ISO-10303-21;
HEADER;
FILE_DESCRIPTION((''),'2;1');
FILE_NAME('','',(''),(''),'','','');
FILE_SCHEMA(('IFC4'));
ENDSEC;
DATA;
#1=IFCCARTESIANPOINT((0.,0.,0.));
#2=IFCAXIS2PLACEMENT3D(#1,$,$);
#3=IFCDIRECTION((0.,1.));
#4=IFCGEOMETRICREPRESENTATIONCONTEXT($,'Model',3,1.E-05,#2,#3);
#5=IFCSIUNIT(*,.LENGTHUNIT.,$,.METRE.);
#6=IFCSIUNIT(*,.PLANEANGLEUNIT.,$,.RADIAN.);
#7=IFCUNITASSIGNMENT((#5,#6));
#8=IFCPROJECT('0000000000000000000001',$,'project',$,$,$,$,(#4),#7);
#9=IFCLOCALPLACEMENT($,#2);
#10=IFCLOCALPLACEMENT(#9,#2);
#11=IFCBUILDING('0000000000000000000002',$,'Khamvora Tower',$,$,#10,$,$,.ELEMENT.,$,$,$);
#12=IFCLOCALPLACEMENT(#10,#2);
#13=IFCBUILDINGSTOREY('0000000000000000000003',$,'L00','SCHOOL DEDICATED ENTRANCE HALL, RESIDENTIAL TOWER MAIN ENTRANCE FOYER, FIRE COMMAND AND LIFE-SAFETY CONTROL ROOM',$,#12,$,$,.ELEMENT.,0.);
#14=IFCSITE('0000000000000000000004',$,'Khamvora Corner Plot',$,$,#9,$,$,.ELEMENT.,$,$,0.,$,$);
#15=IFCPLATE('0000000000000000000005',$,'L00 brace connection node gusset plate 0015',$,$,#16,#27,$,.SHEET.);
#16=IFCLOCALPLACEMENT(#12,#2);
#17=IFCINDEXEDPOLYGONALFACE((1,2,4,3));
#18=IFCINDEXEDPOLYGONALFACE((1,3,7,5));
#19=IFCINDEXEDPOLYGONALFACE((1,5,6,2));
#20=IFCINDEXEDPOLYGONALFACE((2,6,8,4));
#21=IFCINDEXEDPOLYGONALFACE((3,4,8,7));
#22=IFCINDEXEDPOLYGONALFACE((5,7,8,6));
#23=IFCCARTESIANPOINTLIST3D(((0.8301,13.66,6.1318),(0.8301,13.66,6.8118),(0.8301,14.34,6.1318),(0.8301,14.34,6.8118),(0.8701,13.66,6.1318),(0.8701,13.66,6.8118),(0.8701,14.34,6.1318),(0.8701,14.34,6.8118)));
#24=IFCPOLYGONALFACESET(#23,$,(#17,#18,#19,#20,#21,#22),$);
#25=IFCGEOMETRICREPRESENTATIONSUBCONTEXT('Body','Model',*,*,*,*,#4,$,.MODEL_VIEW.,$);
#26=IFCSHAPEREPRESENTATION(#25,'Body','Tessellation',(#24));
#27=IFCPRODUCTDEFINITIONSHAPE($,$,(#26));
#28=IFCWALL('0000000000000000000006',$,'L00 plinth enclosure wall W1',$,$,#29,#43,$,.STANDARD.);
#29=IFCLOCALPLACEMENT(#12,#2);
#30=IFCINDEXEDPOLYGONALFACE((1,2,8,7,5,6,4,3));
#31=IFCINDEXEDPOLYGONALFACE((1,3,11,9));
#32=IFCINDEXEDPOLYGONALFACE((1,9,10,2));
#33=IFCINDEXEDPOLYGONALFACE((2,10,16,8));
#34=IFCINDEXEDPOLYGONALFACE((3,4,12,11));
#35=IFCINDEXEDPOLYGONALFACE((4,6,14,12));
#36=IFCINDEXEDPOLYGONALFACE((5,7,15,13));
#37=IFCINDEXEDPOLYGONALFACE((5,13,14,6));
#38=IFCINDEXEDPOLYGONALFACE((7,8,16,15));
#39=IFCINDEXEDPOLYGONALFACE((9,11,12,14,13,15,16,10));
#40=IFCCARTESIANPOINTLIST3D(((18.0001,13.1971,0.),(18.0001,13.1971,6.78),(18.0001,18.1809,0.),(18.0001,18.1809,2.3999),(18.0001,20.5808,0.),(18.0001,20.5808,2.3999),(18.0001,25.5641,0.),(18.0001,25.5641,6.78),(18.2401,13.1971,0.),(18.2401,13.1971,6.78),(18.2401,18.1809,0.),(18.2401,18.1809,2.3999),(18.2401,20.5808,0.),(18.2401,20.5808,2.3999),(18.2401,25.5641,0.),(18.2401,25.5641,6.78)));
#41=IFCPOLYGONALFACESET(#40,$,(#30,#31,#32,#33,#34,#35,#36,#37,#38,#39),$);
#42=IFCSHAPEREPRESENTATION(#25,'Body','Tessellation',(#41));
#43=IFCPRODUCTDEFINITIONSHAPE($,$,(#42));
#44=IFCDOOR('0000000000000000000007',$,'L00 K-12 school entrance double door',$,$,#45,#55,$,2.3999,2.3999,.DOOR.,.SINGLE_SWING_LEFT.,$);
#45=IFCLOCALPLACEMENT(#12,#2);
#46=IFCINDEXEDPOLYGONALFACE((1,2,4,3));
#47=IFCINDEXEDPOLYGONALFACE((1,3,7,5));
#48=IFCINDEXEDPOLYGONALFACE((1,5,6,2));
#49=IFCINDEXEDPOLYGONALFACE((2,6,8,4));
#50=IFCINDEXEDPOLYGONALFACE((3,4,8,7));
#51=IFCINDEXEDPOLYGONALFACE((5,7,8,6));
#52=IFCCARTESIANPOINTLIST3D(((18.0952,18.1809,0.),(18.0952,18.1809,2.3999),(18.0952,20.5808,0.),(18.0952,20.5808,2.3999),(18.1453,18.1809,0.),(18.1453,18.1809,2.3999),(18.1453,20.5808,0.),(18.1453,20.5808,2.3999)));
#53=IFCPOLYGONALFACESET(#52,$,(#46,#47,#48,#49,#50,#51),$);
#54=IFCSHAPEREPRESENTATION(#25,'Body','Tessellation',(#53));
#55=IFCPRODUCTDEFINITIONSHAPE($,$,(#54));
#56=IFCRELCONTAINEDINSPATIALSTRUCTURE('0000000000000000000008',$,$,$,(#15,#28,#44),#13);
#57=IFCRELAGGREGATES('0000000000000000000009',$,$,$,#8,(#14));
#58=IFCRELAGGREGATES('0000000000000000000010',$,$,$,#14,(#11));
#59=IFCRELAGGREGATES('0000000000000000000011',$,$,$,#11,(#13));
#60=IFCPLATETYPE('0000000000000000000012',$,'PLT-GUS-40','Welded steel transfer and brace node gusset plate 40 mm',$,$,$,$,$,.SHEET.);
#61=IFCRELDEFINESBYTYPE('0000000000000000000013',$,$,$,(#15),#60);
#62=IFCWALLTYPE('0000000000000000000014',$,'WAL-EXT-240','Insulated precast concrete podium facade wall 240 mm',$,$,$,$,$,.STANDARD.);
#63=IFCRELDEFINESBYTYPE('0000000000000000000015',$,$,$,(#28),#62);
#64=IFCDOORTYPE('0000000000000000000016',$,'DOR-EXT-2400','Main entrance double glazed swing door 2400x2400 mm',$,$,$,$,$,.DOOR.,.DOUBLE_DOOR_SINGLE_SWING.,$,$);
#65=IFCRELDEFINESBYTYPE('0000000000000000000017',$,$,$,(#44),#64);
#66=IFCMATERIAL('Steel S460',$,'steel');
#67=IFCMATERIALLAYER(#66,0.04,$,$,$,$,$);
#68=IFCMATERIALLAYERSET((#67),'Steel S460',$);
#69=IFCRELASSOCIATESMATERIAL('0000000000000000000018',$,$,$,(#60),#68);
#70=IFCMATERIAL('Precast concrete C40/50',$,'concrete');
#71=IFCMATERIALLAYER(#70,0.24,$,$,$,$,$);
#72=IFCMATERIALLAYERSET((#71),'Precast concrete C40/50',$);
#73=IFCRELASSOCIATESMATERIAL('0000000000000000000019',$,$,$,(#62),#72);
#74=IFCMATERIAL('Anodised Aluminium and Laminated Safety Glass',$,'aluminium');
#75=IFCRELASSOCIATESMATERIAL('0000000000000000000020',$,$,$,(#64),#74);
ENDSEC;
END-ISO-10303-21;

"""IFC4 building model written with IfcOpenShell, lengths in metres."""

from ifc_helpers import new_model, si_unit, direction, frame, frame_2d, origin, origin_2d, place, context, subcontext, project, spatial, rectangle, extrude, material, layer, layer_set, type_object, element, fill, save


model = new_model("IFC4")

# Units and contexts
model_context = context("Model", 3, precision=1e-05, world=origin(), true_north=direction((0.0, 1.0)))
body_context = subcontext(model_context, "Body", "Model", "MODEL_VIEW")
ifc_project = project(units=[si_unit("LENGTHUNIT", "METRE"), si_unit("PLANEANGLEUNIT", "RADIAN")], contexts=[model_context])

# Site, building, storey
site_placement = place(None, origin())
site = spatial("IfcSite", under=ifc_project, at=site_placement, Name="Khamvora Corner Plot", CompositionType="ELEMENT", RefElevation=0.0)
building_placement = place(site_placement, origin())
building = spatial("IfcBuilding", under=site, at=building_placement, Name="Khamvora Tower", CompositionType="ELEMENT")
storey_placement = place(building_placement, origin())
storey = spatial("IfcBuildingStorey", under=building, at=storey_placement, Name="L00", Description="SCHOOL DEDICATED ENTRANCE HALL, RESIDENTIAL TOWER MAIN ENTRANCE FOYER, FIRE COMMAND AND LIFE-SAFETY CONTROL ROOM", CompositionType="ELEMENT", Elevation=0.0)

# Shared definitions
ifc_material_1 = material(Name="Steel S460", Category="steel")

# Plate
ifc_layer_1 = layer(ifc_material_1, 0.04)
ifc_layer_set_1 = layer_set([ifc_layer_1], Name="Steel S460")
plate_type_1 = type_object("IfcPlateType", Name="PLT-GUS-40", Description="Welded steel transfer and brace node gusset plate 40 mm", PredefinedType="SHEET", material=ifc_layer_set_1)
for number, where, z_axis, x_axis, name in (
    (1, (0.8501, 14.0, 6.1318), (0.0, 0.0, 1.0), (0.0, 1.0, 0.0), "L00 brace connection node gusset plate 0015"),
):
    element("IfcPlate", number, at=place(storey_placement, frame(where, z_axis=z_axis, x_axis=x_axis)), inside=storey, type_object=plate_type_1, Name=name, PredefinedType="SHEET", context=body_context, shape_type="SweptSolid", body=[
        extrude(rectangle(XDim=0.6799, YDim=0.04, at=origin_2d()), origin(), (0.0, 0.0, 1.0), 0.6799),
    ])

# Wall, opening, door
ifc_material_2 = material(Name="Precast concrete C40/50", Category="concrete")
ifc_layer_2 = layer(ifc_material_2, 0.24)
ifc_layer_set_2 = layer_set([ifc_layer_2], Name="Precast concrete C40/50")
wall_type = type_object("IfcWallType", Name="WAL-EXT-240", Description="Insulated precast concrete podium facade wall 240 mm", PredefinedType="STANDARD", material=ifc_layer_set_2)
wall_placement = place(storey_placement, frame((18.1201, 13.197, 0.0), z_axis=(0.0, 0.0, 1.0), x_axis=(0.0, 1.0, 0.0)))
wall = element("IfcWall", 2, at=wall_placement, inside=storey, type_object=wall_type, Name="L00 plinth enclosure wall W1", PredefinedType="STANDARD", context=body_context, shape_type="SweptSolid", body=[
    extrude(rectangle(XDim=12.3669, YDim=0.24, at=frame_2d((6.1836, 0.0))), origin(), (0.0, 0.0, 1.0), 6.78),
])
opening_placement = place(wall_placement, frame((4.9839, 0.0, 0.0)))
opening = element("IfcOpeningElement", 3, at=opening_placement, cuts=wall, PredefinedType="OPENING", context=body_context, shape_type="SweptSolid", body=[
    extrude(rectangle(XDim=2.3999, YDim=2.3999, at=frame_2d((1.2, 1.2))), frame((0.0, 0.1299, 0.0), z_axis=(0.0, -1.0, 0.0), x_axis=(1.0, 0.0, 0.0)), (0.0, 0.0, 1.0), 0.26),
])
ifc_material_3 = material(Name="Anodised Aluminium and Laminated Safety Glass", Category="aluminium")
door_type = type_object("IfcDoorType", Name="DOR-EXT-2400", Description="Main entrance double glazed swing door 2400x2400 mm", OperationType="DOUBLE_DOOR_SINGLE_SWING", PredefinedType="DOOR", material=ifc_material_3)
door_placement = place(opening_placement, origin())
door = element("IfcDoor", 4, at=door_placement, inside=storey, type_object=door_type, Name="L00 K-12 school entrance double door", OperationType="SINGLE_SWING_LEFT", OverallHeight=2.3999, OverallWidth=2.3999, PredefinedType="DOOR", context=body_context, shape_type="SweptSolid", body=[
    extrude(rectangle(XDim=2.3999, YDim=2.3999, at=frame_2d((1.2, 1.2))), frame((0.0, 0.0249, 0.0), z_axis=(0.0, -1.0, 0.0), x_axis=(1.0, 0.0, 0.0)), (0.0, 0.0, 1.0), 0.05),
])
fill(opening, door)

save(model, "model.ifc")
